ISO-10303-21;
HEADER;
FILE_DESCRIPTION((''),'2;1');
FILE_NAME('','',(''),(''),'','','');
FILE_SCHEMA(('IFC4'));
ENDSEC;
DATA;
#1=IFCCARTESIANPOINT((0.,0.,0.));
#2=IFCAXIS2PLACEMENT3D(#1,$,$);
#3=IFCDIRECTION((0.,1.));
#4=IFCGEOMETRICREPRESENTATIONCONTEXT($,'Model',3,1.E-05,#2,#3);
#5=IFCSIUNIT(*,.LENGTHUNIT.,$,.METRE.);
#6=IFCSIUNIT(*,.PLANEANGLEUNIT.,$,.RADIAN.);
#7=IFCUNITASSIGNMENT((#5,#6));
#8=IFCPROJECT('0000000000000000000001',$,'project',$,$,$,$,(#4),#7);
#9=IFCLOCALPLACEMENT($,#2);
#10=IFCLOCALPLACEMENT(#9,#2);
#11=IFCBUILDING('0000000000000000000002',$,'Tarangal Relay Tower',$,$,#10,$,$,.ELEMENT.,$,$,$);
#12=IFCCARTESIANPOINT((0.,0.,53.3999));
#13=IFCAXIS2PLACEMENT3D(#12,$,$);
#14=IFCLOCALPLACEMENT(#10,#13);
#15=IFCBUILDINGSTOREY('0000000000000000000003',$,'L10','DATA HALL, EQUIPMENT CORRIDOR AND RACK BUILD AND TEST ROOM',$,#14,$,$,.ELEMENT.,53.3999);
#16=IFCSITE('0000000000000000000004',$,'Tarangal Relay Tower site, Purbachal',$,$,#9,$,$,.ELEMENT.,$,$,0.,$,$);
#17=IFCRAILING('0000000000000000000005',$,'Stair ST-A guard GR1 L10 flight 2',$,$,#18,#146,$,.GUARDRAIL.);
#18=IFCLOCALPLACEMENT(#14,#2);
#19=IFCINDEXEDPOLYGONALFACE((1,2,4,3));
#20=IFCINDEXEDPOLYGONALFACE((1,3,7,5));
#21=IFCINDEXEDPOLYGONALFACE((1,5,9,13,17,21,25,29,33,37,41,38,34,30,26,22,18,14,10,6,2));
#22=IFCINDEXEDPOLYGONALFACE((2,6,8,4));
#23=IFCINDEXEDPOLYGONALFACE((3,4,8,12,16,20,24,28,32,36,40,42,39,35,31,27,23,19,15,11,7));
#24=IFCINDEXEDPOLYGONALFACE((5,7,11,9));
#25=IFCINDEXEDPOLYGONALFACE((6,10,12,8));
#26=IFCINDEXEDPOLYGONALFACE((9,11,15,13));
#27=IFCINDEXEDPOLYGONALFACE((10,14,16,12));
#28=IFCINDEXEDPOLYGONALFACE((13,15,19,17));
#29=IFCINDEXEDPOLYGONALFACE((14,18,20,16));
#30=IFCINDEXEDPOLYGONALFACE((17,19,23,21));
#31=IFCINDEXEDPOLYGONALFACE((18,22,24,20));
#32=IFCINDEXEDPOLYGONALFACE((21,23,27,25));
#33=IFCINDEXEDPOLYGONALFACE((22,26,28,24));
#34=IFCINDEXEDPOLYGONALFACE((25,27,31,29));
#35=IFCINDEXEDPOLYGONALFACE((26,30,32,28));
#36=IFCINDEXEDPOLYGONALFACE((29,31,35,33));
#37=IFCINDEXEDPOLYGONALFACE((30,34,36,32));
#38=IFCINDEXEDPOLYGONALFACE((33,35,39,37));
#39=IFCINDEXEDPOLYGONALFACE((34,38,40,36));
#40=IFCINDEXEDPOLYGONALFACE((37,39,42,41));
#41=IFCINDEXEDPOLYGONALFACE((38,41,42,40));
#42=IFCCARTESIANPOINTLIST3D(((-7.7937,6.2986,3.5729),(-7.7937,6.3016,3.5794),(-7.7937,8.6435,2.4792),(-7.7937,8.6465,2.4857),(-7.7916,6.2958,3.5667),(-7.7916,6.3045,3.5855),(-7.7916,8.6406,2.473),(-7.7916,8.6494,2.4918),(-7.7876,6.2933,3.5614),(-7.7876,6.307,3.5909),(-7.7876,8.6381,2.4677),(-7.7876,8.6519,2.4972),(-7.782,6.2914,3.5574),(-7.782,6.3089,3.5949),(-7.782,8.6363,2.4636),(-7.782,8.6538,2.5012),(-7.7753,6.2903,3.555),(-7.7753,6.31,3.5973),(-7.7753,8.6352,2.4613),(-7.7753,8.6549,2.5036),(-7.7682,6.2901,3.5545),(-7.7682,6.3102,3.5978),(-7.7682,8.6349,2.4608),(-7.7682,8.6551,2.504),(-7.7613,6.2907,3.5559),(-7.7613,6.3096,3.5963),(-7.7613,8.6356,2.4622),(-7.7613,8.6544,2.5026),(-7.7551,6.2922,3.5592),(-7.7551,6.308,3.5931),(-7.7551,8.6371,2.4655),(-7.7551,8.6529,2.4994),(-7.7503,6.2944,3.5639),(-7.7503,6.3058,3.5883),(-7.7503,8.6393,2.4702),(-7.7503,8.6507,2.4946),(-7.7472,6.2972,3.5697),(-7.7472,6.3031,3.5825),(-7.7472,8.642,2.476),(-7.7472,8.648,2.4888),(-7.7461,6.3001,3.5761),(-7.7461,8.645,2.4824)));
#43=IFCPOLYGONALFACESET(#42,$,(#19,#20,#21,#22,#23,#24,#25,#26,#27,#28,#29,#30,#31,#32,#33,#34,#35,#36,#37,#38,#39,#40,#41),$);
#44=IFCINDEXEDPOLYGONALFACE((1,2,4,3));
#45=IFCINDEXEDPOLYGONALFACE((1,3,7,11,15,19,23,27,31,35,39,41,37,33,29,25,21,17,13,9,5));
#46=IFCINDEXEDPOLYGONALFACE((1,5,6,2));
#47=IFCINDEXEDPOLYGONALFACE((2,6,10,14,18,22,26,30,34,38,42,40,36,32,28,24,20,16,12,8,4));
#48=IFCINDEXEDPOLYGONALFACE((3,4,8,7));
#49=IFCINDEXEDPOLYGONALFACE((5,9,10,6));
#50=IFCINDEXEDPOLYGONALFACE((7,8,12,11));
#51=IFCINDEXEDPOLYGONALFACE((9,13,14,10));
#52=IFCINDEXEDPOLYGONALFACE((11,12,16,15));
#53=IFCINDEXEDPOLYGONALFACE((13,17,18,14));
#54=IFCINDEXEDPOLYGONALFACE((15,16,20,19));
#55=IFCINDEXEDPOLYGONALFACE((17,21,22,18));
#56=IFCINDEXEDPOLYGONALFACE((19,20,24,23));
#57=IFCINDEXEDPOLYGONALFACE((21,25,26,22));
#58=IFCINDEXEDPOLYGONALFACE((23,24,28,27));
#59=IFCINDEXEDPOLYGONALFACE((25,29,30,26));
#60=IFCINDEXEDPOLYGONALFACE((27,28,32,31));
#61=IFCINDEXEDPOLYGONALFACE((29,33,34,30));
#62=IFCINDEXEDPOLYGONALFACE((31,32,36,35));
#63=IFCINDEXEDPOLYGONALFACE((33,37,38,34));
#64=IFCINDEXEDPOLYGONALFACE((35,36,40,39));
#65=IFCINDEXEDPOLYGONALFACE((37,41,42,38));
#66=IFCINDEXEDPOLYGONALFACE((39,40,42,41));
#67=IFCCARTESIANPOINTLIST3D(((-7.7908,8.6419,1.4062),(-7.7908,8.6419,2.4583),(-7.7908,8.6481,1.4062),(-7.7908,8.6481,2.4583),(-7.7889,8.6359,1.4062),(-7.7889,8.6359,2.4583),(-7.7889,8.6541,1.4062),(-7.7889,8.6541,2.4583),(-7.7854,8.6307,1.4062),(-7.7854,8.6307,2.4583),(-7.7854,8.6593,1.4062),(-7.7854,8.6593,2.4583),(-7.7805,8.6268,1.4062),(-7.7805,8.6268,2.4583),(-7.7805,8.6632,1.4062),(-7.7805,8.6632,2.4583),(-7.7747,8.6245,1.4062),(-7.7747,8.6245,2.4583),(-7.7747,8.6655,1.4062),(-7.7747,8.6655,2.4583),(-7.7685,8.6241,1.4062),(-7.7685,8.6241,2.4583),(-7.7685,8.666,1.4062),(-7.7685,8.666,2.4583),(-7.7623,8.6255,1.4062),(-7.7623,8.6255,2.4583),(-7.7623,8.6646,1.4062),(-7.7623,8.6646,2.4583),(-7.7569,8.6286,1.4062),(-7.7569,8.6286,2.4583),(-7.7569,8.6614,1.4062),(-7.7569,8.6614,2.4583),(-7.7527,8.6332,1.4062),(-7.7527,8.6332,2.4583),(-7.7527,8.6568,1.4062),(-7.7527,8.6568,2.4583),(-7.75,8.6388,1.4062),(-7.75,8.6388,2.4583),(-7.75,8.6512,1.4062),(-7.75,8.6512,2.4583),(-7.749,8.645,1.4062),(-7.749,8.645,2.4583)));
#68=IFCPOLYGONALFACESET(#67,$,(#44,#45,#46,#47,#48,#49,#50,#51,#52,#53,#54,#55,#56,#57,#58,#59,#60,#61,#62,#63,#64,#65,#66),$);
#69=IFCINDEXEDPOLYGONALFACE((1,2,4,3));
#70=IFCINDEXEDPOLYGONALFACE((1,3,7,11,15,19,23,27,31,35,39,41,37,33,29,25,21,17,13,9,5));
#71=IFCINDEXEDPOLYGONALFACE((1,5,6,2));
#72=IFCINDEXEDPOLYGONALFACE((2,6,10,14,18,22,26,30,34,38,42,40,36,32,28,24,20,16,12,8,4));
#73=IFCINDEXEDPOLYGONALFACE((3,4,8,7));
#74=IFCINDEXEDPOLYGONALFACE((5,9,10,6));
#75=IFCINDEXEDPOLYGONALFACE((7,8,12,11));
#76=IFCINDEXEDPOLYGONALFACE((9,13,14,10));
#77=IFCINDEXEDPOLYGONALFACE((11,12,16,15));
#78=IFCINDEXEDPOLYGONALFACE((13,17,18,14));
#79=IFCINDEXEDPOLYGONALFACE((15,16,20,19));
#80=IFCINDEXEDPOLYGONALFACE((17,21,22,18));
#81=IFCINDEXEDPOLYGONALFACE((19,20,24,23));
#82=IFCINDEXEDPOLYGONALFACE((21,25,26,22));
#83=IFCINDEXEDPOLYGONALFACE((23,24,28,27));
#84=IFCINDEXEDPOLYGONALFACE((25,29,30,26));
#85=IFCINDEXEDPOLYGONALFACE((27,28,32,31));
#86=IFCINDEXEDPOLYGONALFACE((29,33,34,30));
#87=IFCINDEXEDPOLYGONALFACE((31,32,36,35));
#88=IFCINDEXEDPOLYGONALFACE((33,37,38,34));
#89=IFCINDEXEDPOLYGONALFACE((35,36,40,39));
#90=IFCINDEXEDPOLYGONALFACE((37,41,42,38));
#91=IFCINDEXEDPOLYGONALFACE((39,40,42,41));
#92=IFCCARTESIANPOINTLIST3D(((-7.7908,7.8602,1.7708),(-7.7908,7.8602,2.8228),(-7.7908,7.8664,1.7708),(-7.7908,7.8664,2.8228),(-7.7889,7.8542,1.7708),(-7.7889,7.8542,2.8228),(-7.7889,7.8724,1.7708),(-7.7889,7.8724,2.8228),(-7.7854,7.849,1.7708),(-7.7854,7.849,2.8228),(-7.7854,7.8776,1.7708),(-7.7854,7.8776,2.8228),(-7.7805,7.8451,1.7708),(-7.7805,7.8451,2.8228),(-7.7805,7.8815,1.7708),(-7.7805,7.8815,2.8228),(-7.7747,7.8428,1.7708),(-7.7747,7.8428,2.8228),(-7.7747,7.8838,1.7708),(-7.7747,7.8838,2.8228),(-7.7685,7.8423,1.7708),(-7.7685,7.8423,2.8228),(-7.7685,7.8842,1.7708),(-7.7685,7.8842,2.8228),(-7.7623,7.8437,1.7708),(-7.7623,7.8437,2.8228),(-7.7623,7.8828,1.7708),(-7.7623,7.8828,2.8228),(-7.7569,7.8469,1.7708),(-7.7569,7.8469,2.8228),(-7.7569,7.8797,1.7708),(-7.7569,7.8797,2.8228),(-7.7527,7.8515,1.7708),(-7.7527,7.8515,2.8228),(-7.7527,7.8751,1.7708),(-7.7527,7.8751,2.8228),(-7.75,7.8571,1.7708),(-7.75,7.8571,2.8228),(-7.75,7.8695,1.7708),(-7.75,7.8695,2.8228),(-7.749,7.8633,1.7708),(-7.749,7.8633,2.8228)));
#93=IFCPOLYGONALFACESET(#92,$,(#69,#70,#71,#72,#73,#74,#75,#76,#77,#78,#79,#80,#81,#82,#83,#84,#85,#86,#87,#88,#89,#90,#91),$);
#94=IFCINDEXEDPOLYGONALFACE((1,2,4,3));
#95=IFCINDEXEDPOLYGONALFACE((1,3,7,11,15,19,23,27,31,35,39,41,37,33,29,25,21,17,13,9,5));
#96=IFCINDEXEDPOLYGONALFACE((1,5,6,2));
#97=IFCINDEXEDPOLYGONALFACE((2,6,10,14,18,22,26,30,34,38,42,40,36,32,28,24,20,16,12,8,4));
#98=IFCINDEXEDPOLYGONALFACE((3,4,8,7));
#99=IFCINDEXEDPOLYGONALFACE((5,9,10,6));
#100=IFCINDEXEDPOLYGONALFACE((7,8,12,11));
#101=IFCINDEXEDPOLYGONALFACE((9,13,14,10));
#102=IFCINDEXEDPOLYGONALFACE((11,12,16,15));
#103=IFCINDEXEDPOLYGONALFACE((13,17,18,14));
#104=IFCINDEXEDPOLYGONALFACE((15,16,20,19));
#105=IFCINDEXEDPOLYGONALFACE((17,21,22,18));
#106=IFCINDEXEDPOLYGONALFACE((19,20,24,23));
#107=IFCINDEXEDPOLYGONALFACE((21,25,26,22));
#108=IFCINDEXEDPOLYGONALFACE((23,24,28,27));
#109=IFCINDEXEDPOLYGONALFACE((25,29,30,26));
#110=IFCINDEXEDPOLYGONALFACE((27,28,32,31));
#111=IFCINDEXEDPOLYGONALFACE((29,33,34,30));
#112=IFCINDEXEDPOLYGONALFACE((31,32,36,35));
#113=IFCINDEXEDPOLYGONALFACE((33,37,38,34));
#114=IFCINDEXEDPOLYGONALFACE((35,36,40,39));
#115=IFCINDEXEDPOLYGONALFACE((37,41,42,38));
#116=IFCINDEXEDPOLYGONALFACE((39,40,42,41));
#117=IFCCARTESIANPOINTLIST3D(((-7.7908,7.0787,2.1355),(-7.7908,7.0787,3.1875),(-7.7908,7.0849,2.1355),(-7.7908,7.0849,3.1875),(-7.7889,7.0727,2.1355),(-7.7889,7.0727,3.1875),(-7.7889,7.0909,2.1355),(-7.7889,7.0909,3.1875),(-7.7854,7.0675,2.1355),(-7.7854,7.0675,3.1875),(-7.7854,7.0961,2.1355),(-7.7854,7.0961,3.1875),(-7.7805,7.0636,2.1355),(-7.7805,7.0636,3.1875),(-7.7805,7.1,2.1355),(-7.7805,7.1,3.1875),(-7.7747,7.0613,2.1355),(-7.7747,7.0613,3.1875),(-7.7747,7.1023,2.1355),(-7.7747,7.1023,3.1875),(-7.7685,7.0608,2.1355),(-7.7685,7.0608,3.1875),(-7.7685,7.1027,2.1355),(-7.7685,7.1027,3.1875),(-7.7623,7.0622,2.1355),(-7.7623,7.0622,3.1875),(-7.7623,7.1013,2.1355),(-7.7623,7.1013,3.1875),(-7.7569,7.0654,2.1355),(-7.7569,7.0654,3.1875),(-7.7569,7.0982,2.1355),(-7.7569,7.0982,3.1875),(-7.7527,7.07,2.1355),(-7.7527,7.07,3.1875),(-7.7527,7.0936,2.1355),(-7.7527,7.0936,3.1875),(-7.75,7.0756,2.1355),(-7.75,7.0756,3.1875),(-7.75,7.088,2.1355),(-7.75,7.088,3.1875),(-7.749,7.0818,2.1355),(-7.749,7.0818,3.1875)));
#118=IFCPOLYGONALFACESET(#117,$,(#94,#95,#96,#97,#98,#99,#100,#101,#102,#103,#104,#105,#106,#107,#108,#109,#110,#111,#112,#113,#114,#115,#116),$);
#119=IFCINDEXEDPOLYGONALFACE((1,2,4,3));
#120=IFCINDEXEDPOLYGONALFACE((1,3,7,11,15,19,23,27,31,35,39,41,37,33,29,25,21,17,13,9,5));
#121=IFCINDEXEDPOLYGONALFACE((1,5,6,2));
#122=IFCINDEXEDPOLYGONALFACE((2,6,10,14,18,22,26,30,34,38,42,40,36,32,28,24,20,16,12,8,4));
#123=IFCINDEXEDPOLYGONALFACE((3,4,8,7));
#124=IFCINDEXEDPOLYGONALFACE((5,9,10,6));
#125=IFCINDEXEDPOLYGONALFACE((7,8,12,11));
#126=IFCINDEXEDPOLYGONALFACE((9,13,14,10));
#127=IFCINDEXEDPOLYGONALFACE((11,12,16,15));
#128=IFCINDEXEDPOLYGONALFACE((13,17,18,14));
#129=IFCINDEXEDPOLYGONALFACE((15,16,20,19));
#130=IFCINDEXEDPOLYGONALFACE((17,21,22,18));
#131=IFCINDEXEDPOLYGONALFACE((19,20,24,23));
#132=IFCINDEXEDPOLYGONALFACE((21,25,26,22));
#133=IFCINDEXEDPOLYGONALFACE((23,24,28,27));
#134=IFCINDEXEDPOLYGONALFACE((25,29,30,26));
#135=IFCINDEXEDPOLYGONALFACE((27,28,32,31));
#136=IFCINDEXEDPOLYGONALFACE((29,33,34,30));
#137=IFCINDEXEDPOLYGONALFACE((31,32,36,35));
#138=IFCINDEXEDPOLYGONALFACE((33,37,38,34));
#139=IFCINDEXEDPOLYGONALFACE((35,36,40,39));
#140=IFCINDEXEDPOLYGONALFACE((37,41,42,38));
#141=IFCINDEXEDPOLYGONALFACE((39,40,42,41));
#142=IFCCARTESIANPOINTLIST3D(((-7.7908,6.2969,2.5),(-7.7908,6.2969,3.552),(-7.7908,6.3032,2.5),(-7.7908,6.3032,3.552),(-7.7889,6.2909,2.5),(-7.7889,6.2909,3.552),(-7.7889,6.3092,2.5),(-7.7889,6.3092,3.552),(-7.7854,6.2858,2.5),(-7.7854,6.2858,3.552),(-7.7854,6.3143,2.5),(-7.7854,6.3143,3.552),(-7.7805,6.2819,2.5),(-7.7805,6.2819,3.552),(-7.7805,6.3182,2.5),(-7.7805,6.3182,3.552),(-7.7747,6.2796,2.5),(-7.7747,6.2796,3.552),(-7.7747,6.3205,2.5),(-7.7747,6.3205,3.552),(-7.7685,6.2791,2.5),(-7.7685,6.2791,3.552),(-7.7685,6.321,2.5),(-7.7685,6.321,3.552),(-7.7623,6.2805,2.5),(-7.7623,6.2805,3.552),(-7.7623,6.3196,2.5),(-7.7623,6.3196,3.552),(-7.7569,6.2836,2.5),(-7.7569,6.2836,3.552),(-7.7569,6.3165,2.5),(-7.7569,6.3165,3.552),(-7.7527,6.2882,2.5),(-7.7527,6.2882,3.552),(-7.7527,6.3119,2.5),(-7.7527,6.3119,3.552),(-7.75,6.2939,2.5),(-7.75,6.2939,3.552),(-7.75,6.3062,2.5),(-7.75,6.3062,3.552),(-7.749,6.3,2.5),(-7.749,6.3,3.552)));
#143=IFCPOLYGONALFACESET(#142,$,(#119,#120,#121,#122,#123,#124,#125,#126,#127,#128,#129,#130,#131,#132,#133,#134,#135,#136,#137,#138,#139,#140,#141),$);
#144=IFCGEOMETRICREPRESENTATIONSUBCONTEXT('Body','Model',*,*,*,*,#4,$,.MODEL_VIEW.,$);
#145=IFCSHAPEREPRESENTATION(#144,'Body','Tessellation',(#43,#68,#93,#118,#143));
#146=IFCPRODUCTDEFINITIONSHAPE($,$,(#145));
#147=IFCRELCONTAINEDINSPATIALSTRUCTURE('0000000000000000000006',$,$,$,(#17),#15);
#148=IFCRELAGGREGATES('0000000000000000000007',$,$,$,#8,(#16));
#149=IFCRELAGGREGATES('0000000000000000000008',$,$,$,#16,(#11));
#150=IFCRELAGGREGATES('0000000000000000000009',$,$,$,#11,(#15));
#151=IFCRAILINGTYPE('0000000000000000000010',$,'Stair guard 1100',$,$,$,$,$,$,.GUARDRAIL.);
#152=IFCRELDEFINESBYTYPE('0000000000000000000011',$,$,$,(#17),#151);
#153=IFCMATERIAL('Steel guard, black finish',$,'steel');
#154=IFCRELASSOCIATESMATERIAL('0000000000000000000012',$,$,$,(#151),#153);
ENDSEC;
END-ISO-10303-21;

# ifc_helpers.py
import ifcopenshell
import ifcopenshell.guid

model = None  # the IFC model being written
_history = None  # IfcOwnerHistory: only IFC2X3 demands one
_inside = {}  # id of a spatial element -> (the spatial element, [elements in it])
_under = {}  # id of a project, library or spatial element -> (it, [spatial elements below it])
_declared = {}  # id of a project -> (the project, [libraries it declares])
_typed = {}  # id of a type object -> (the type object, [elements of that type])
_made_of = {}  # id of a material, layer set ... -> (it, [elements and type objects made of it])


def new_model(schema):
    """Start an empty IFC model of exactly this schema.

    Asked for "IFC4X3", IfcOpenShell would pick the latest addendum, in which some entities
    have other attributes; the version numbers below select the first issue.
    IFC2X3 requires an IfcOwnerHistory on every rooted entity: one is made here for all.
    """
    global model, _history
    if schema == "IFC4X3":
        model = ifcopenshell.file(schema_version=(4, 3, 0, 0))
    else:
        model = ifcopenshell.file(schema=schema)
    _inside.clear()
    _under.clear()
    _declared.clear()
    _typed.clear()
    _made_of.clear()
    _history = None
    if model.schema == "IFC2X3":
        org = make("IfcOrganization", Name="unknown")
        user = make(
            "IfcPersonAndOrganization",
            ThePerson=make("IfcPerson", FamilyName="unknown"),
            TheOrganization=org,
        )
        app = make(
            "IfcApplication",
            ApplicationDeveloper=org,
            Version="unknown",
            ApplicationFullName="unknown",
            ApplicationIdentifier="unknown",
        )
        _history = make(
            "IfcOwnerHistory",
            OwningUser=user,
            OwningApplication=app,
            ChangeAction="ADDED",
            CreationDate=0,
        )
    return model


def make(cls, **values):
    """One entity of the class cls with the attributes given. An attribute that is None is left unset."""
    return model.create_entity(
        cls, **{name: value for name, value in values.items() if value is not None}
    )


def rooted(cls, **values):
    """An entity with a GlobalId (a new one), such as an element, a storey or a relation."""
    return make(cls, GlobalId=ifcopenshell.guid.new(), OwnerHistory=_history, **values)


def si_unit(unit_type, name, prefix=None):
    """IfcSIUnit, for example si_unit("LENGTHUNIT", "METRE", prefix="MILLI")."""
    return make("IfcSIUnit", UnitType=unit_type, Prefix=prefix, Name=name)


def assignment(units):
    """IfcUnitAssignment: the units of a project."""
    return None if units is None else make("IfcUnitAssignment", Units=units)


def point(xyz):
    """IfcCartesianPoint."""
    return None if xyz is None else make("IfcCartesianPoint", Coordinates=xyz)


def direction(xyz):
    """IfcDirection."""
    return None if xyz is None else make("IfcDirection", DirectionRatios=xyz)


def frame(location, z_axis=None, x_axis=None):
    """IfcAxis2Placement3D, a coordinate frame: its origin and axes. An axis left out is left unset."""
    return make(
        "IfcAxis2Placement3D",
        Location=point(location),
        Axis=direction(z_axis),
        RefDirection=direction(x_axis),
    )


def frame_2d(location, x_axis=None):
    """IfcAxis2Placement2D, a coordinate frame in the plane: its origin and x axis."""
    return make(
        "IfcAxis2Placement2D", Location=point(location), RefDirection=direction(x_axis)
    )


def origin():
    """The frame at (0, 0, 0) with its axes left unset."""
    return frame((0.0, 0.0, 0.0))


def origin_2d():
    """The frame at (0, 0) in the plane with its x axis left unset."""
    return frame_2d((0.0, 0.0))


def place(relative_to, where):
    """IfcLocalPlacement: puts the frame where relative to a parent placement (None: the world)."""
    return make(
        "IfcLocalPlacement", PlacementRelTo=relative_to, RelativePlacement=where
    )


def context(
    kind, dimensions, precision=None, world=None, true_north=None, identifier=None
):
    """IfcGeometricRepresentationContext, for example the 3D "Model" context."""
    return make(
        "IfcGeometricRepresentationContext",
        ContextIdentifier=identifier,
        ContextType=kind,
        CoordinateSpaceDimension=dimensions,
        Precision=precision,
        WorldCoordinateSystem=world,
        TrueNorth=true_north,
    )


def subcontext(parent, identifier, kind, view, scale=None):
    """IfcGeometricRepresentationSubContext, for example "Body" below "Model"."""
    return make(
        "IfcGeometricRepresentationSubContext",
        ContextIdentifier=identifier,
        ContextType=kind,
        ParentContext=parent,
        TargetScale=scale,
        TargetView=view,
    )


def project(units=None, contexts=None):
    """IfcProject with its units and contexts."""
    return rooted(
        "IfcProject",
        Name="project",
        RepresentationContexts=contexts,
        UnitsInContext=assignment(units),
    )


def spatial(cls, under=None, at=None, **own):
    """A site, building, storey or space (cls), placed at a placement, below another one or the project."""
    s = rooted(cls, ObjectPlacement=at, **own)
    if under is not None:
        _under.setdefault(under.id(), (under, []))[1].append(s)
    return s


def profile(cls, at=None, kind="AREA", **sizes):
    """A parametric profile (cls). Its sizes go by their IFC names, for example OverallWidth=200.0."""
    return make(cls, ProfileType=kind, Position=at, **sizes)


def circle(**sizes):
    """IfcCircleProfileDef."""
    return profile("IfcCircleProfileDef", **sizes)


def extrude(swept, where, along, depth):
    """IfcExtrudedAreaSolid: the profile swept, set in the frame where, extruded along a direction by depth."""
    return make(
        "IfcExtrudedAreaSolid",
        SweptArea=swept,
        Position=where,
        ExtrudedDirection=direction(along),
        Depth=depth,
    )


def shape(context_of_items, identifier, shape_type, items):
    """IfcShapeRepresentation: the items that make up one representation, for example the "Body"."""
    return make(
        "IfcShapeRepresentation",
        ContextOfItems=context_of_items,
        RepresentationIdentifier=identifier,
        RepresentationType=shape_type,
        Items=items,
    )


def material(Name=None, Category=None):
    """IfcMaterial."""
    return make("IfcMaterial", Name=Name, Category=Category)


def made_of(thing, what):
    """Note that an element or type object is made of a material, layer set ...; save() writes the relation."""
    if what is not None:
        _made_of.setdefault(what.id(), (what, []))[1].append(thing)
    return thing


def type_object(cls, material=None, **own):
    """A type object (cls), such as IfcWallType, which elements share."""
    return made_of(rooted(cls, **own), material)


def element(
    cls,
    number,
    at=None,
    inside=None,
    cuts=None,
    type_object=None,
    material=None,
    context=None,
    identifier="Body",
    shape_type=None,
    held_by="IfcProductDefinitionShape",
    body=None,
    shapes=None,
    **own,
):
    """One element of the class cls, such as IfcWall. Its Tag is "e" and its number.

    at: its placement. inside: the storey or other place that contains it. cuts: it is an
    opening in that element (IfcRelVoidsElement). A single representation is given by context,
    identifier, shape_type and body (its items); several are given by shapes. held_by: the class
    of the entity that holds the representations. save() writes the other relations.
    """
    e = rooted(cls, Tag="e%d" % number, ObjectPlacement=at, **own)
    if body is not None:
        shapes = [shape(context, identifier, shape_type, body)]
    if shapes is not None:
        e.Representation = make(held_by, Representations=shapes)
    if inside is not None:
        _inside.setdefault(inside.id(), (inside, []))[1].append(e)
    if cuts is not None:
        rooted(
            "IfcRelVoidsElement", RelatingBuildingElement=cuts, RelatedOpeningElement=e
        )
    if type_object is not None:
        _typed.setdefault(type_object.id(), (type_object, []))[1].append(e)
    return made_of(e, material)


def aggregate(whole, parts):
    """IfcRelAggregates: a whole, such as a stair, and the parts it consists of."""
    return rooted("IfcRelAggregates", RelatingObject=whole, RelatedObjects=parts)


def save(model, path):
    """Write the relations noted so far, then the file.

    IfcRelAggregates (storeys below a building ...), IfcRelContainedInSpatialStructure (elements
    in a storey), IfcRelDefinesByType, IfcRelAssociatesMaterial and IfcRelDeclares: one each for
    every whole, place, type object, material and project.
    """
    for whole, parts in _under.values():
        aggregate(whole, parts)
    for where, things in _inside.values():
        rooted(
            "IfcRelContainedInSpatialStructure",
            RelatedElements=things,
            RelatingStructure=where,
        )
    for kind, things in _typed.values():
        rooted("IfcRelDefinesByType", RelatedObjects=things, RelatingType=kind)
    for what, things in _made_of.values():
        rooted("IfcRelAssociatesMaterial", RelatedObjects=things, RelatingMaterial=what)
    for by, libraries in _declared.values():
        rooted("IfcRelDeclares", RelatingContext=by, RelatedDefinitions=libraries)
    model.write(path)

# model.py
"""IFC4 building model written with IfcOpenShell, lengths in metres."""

from ifc_helpers import new_model, si_unit, direction, frame, origin, origin_2d, place, context, subcontext, project, spatial, circle, extrude, material, type_object, element, save


model = new_model("IFC4")

# Units and contexts
model_context = context("Model", 3, precision=1e-05, world=origin(), true_north=direction((0.0, 1.0)))
body_context = subcontext(model_context, "Body", "Model", "MODEL_VIEW")
ifc_project = project(units=[si_unit("LENGTHUNIT", "METRE"), si_unit("PLANEANGLEUNIT", "RADIAN")], contexts=[model_context])

# Site, building, storey
site_placement = place(None, origin())
site = spatial("IfcSite", under=ifc_project, at=site_placement, Name="Tarangal Relay Tower site, Purbachal", CompositionType="ELEMENT", RefElevation=0.0)
building_placement = place(site_placement, origin())
building = spatial("IfcBuilding", under=site, at=building_placement, Name="Tarangal Relay Tower", CompositionType="ELEMENT")
storey_placement = place(building_placement, frame((0.0, 0.0, 53.3999)))
storey = spatial("IfcBuildingStorey", under=building, at=storey_placement, Name="L10", Description="DATA HALL, EQUIPMENT CORRIDOR AND RACK BUILD AND TEST ROOM", CompositionType="ELEMENT", Elevation=53.3999)

# Railing
ifc_material_1 = material(Name="Steel guard, black finish", Category="steel")
railing_type = type_object("IfcRailingType", Name="Stair guard 1100", PredefinedType="GUARDRAIL", material=ifc_material_1)
railing_1_placement = place(storey_placement, frame((-7.77, 8.645, 1.4062)))
element("IfcRailing", 1, at=railing_1_placement, inside=storey, type_object=railing_type, Name="Stair ST-A guard GR1 L10 flight 2", PredefinedType="GUARDRAIL", context=body_context, shape_type="SweptSolid", body=[
    extrude(circle(Radius=0.0239, at=origin_2d()), frame((0.0, 0.0, 1.0762), z_axis=(0.0, -0.906267, 0.422705), x_axis=(1.0, 0.0, 0.0)), (0.0, 0.0, 1.0), 2.5874),
    extrude(circle(Radius=0.021, at=origin_2d()), origin(), (0.0, 0.0, 1.0), 1.052),
    extrude(circle(Radius=0.021, at=origin_2d()), frame((0.0, -0.7817, 0.3645)), (0.0, 0.0, 1.0), 1.052),
    extrude(circle(Radius=0.021, at=origin_2d()), frame((0.0, -1.5632, 0.7292)), (0.0, 0.0, 1.0), 1.052),
    extrude(circle(Radius=0.021, at=origin_2d()), frame((0.0, -2.345, 1.0938)), (0.0, 0.0, 1.0), 1.052),
])

save(model, "model.ifc")
